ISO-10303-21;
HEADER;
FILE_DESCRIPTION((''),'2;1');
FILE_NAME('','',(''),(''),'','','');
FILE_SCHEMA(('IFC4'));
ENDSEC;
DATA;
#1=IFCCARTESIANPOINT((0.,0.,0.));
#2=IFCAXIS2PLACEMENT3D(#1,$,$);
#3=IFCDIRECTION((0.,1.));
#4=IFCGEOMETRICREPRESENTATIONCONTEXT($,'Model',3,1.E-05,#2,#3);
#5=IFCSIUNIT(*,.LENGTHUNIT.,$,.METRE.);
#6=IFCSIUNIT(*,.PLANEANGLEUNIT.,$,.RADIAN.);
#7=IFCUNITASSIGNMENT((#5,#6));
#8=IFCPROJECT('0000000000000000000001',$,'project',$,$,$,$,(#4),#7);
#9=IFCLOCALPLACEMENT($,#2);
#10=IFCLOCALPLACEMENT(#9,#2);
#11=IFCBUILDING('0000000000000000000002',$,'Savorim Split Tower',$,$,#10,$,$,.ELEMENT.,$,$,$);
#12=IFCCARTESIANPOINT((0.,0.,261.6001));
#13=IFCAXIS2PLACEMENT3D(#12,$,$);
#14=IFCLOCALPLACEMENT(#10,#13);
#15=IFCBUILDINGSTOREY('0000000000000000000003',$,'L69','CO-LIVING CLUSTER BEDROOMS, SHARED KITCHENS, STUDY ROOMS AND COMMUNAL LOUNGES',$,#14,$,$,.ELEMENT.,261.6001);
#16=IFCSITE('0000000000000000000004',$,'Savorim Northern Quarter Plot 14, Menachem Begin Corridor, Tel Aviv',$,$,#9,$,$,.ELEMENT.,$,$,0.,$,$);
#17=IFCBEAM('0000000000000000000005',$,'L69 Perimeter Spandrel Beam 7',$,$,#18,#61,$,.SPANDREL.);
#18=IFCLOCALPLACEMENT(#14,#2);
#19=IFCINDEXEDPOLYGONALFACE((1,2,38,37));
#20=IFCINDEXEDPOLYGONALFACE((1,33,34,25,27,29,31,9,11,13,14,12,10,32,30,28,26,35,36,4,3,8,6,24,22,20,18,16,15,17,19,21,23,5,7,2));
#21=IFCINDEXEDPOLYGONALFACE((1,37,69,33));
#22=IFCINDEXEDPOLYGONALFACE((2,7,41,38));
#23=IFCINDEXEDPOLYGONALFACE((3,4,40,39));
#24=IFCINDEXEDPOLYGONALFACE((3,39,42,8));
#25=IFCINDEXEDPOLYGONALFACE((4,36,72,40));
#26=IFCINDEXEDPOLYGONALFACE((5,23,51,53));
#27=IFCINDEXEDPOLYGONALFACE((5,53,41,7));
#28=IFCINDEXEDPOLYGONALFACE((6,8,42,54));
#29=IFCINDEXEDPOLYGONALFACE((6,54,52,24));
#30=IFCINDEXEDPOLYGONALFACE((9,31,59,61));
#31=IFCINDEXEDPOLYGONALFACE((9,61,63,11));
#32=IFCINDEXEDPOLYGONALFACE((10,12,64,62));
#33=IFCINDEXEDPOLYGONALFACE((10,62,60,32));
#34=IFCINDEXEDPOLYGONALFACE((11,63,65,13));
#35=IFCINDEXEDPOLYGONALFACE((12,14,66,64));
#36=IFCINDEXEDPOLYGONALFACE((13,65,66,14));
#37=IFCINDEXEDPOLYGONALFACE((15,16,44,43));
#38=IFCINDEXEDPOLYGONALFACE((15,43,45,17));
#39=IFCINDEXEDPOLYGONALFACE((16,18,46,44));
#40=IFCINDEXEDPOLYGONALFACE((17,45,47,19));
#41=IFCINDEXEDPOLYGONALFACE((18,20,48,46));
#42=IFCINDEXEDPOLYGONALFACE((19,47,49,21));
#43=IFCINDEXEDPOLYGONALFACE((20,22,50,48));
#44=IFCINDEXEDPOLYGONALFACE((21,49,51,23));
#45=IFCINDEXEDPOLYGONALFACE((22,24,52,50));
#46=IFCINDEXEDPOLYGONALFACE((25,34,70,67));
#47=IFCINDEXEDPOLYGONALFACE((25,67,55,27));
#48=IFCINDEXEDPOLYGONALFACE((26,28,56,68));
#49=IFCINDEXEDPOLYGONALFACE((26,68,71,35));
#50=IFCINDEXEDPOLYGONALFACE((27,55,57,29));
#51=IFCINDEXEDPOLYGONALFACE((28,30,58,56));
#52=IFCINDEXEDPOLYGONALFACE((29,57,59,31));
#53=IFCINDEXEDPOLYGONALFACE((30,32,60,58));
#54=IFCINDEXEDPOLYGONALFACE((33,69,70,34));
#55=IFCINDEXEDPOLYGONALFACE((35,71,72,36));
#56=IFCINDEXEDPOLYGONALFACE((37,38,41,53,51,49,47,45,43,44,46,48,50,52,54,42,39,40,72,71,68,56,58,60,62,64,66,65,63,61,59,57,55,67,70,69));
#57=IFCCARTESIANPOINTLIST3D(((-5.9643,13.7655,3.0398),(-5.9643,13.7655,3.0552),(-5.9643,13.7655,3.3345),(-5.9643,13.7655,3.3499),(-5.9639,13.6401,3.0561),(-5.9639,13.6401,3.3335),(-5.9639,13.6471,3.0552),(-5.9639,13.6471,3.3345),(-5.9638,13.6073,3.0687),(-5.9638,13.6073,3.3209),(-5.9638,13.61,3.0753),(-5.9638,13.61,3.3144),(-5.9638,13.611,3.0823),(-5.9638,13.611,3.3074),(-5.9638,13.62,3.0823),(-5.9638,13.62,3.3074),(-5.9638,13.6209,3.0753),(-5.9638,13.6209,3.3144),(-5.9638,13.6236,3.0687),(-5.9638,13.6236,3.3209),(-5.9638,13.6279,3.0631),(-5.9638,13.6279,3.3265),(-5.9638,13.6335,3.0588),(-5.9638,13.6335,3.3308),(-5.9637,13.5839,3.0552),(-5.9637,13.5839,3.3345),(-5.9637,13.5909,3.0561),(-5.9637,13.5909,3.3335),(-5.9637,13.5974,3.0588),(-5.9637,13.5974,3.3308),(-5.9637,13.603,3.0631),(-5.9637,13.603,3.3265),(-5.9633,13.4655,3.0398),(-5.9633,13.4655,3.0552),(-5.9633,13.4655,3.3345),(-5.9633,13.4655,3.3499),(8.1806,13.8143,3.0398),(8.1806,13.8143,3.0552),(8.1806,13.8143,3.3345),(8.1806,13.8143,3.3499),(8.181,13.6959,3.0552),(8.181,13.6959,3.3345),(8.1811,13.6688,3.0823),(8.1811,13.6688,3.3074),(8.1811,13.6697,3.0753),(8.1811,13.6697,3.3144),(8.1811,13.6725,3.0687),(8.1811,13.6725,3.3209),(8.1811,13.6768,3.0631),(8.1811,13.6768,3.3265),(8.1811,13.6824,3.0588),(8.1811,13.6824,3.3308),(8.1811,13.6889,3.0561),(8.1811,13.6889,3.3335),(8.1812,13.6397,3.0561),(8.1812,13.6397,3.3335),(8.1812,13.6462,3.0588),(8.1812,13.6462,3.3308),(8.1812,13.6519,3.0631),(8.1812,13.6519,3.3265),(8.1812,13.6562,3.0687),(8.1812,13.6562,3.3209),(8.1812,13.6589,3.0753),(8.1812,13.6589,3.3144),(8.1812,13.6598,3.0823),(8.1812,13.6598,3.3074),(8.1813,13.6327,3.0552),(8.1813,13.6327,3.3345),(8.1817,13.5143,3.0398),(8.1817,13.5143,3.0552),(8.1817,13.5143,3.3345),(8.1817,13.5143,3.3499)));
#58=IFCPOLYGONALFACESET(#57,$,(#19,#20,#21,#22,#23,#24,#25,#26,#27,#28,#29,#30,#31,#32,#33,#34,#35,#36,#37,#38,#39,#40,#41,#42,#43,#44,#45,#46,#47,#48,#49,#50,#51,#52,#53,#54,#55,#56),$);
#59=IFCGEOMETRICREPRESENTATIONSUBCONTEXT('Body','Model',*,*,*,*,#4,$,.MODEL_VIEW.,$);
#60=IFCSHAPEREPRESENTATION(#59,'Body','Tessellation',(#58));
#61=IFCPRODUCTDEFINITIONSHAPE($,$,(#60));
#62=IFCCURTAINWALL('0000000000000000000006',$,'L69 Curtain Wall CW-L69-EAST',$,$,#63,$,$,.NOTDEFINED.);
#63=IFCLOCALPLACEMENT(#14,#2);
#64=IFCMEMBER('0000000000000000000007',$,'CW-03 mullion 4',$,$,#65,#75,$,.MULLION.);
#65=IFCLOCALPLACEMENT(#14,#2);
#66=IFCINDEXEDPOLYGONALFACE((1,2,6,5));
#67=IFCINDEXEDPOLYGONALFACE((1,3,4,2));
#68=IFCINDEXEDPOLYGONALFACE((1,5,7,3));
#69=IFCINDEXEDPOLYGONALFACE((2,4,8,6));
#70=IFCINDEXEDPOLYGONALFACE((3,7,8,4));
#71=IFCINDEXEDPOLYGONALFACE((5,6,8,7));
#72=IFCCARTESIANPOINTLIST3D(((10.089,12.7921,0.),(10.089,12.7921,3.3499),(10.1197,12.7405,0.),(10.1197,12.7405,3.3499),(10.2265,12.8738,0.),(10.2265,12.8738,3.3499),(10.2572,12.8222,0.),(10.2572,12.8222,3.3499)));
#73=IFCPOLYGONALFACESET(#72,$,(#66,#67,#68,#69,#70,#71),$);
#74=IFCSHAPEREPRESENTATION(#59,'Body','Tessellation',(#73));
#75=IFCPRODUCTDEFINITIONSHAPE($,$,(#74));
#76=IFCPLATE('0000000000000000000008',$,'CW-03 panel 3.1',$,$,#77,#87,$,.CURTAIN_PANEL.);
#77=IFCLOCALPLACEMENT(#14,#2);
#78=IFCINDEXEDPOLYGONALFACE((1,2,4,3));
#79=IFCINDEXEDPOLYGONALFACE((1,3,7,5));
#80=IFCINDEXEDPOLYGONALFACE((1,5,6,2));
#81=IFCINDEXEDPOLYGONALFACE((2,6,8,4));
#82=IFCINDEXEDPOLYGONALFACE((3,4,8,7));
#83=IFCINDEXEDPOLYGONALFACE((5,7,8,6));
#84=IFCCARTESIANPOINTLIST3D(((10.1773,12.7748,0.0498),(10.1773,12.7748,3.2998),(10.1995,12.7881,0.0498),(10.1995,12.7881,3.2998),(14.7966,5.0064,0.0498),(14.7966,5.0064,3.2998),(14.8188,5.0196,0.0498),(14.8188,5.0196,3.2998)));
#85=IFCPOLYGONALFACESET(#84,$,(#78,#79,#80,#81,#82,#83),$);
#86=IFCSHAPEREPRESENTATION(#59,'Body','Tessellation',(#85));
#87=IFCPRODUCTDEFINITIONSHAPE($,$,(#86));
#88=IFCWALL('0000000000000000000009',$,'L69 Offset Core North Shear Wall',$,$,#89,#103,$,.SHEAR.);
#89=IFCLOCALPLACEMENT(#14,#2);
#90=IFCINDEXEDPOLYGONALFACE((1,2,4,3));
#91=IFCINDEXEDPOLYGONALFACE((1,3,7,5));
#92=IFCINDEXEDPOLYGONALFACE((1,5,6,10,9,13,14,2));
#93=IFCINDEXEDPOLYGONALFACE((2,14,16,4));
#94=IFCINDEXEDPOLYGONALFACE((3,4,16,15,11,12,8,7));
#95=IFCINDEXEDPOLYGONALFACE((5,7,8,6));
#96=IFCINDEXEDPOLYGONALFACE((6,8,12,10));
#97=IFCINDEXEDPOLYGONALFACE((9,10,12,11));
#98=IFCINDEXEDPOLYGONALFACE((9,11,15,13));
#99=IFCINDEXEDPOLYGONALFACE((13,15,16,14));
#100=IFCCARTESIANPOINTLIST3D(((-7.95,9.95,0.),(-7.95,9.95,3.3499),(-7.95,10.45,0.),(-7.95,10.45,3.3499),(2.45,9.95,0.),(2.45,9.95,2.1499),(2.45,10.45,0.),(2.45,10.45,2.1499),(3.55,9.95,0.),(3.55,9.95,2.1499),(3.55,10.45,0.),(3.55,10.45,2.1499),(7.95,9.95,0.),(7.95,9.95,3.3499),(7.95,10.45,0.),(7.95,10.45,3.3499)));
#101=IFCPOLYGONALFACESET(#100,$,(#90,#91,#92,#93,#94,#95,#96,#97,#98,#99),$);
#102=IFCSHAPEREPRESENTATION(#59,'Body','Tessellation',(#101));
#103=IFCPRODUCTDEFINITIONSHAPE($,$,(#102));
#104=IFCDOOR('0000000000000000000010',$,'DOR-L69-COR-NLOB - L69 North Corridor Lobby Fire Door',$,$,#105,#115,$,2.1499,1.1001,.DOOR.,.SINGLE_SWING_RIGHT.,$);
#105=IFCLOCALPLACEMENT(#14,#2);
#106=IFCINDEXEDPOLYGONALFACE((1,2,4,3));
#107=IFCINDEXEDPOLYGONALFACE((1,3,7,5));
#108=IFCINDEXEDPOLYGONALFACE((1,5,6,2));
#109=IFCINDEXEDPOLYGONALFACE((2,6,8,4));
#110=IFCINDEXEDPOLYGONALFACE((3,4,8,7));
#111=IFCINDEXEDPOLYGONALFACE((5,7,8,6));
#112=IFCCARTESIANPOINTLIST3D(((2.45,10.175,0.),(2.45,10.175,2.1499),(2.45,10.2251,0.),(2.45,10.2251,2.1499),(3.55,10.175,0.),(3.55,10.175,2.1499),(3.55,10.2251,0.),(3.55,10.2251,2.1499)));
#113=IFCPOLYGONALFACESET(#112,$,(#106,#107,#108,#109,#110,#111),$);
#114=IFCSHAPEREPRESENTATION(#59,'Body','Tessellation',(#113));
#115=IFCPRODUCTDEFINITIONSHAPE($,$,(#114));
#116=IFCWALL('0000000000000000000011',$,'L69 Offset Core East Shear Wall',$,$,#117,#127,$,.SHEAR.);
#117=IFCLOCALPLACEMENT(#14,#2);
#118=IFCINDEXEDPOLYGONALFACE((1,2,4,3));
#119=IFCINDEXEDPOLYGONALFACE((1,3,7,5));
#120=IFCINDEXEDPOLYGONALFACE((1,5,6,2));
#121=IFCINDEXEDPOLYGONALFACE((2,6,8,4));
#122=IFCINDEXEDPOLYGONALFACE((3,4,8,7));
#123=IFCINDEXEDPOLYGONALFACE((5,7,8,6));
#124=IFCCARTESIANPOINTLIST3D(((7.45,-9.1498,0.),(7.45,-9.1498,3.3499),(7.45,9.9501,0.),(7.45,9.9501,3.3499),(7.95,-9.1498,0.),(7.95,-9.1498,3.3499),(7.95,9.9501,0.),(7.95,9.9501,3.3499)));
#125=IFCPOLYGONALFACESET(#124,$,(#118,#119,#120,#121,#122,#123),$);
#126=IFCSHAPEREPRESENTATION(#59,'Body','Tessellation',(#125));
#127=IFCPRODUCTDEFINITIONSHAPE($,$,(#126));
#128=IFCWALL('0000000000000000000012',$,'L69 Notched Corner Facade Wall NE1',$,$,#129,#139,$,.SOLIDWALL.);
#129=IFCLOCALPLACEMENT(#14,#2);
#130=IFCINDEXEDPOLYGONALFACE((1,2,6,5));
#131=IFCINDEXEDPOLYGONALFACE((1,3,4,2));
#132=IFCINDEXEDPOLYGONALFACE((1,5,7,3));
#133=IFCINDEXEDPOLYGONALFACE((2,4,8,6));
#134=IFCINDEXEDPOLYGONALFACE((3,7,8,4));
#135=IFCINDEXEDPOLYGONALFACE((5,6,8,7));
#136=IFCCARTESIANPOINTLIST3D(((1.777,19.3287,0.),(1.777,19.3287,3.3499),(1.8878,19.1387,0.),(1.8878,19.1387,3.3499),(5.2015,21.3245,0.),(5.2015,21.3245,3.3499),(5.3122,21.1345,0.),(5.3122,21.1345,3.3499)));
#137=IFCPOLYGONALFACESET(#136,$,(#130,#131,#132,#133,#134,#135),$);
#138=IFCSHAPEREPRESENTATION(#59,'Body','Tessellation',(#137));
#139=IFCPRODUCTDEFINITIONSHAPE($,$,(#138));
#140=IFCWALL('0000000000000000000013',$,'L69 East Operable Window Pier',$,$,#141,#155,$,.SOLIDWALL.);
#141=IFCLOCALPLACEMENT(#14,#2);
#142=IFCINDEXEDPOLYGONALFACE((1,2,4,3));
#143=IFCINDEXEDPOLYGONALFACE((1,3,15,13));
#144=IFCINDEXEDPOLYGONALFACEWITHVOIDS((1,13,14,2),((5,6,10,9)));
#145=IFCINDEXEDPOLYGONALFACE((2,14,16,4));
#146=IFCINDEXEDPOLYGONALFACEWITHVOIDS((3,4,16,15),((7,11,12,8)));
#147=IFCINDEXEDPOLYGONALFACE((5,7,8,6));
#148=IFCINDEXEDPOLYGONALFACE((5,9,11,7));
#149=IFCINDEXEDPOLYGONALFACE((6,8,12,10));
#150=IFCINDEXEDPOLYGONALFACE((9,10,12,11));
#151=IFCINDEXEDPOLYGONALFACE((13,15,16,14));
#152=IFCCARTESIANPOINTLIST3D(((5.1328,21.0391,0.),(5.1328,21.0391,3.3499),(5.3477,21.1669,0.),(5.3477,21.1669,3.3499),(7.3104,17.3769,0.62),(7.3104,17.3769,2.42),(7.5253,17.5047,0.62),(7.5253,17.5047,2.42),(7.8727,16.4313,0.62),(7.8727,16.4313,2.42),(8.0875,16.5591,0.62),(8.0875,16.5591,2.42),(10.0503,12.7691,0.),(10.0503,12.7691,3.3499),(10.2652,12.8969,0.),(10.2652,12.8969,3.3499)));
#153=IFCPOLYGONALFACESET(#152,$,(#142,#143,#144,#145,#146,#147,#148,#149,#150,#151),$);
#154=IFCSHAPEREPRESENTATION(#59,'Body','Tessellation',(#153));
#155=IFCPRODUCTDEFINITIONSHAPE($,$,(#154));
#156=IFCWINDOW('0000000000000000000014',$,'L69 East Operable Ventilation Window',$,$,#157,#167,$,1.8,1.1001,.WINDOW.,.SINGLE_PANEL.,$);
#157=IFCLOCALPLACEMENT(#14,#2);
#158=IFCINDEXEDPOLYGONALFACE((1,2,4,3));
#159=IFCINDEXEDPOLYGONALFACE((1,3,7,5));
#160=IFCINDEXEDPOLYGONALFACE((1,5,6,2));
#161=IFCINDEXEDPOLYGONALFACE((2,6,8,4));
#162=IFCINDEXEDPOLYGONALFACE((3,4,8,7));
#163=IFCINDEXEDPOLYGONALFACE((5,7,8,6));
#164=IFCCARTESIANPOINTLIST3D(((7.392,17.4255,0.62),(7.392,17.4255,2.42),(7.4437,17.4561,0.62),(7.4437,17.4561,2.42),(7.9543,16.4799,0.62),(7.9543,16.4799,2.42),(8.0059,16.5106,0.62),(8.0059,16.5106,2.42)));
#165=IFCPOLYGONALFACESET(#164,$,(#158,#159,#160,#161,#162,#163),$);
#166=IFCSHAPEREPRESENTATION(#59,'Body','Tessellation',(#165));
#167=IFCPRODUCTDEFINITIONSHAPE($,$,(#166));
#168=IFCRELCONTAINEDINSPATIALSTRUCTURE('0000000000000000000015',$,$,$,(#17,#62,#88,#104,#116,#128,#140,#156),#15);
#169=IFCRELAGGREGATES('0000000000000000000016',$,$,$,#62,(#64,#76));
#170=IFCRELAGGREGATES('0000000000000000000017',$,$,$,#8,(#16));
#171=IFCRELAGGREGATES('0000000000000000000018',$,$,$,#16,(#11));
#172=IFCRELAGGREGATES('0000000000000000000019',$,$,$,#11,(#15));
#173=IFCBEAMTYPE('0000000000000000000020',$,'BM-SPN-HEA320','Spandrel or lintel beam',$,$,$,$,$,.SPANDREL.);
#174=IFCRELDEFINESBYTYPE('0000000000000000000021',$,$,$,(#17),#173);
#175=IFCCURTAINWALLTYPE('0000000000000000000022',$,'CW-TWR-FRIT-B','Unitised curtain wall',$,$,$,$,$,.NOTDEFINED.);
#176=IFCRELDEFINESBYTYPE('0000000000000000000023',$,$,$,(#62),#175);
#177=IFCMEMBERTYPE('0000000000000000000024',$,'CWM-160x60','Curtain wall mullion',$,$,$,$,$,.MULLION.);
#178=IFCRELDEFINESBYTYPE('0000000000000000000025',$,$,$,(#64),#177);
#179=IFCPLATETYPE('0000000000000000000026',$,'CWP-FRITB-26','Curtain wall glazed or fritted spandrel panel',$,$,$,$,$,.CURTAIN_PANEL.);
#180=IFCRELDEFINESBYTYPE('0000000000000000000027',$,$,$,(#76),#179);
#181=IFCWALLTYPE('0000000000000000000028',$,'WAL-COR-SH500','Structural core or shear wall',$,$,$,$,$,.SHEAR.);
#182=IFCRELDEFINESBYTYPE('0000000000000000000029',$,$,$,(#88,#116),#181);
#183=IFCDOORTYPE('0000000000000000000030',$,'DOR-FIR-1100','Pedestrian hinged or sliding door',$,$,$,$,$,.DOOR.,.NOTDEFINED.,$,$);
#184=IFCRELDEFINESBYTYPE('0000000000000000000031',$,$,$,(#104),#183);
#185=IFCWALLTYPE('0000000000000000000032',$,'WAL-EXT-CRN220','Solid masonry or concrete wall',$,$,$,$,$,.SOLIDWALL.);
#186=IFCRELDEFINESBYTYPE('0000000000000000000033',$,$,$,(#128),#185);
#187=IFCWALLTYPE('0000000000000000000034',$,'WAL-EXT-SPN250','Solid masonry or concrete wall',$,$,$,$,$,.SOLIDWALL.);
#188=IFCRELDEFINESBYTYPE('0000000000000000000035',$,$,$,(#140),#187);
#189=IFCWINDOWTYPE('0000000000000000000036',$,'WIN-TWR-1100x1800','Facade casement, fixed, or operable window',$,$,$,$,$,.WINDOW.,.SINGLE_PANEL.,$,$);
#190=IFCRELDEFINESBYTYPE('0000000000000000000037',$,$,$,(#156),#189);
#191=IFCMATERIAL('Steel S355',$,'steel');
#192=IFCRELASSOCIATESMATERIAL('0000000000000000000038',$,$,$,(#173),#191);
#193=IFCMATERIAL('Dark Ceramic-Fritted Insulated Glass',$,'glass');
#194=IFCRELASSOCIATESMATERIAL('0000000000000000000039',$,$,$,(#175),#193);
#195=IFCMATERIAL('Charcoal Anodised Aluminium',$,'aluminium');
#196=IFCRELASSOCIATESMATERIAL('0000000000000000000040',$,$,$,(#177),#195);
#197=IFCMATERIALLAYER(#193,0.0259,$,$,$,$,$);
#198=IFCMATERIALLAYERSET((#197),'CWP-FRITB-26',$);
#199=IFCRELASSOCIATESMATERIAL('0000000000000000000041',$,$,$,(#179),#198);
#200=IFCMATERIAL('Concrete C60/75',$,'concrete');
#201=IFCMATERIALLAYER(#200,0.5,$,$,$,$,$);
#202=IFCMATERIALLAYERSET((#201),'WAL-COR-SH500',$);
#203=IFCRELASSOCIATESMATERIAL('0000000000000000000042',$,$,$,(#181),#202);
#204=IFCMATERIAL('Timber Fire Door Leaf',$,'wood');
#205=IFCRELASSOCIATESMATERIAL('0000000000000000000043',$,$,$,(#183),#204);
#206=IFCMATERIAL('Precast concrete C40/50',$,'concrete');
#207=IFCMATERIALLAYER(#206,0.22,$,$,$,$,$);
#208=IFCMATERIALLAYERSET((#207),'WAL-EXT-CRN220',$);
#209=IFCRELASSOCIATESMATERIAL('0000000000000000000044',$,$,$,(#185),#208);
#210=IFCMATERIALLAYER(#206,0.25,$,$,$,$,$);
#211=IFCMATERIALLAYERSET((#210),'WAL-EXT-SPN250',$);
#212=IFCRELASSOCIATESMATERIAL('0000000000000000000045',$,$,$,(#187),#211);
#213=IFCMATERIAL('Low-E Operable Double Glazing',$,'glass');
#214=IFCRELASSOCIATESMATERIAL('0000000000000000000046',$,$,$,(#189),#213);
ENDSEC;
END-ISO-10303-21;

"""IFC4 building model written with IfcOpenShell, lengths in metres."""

from ifc_helpers import new_model, si_unit, direction, frame, frame_2d, origin, origin_2d, place, context, subcontext, project, spatial, rectangle, i_section, extrude, material, layer, layer_set, material_profile, profile_set, type_object, element, fill, aggregate, save


model = new_model("IFC4")

# Units and contexts
model_context = context("Model", 3, precision=1e-05, world=origin(), true_north=direction((0.0, 1.0)))
body_context = subcontext(model_context, "Body", "Model", "MODEL_VIEW")
ifc_project = project(units=[si_unit("LENGTHUNIT", "METRE"), si_unit("PLANEANGLEUNIT", "RADIAN")], contexts=[model_context])

# Site, building, storey
site_placement = place(None, origin())
site = spatial("IfcSite", under=ifc_project, at=site_placement, Name="Savorim Northern Quarter Plot 14, Menachem Begin Corridor, Tel Aviv", CompositionType="ELEMENT", RefElevation=0.0)
building_placement = place(site_placement, origin())
building = spatial("IfcBuilding", under=site, at=building_placement, Name="Savorim Split Tower", CompositionType="ELEMENT")
storey_placement = place(building_placement, frame((0.0, 0.0, 261.6001)))
storey = spatial("IfcBuildingStorey", under=building, at=storey_placement, Name="L69", Description="CO-LIVING CLUSTER BEDROOMS, SHARED KITCHENS, STUDY ROOMS AND COMMUNAL LOUNGES", CompositionType="ELEMENT", Elevation=261.6001)

# Shared definitions
ifc_material_1 = material(Name="Steel S355", Category="steel")

# Beam
ifc_material_profile_1 = material_profile(ifc_material_1, i_section(OverallWidth=0.3, OverallDepth=0.3101, WebThickness=0.009, FlangeThickness=0.0154, FilletRadius=0.0271, at=origin_2d()), Name="HEA 320")
ifc_profile_set_1 = profile_set([ifc_material_profile_1], Name="Steel S355")
beam_type_1 = type_object("IfcBeamType", Name="BM-SPN-HEA320", Description="Spandrel or lintel beam", PredefinedType="SPANDREL", material=ifc_profile_set_1)
beam_1_placement = place(storey_placement, frame((8.1812, 13.6643, 3.1948), z_axis=(-0.999994, -0.003452, 0.0), x_axis=(0.003452, -0.999994, 0.0)))
element("IfcBeam", 1, at=beam_1_placement, inside=storey, type_object=beam_type_1, Name="L69 Perimeter Spandrel Beam 7", PredefinedType="SPANDREL", context=body_context, shape_type="SweptSolid", body=[
    extrude(i_section(OverallWidth=0.3, OverallDepth=0.3101, WebThickness=0.009, FlangeThickness=0.0154, FilletRadius=0.0271, at=origin_2d()), origin(), (0.0, 0.0, 1.0), 14.145),
])

# Curtain wall, member, plate
ifc_material_2 = material(Name="Dark Ceramic-Fritted Insulated Glass", Category="glass")
curtain_wall_type = type_object("IfcCurtainWallType", Name="CW-TWR-FRIT-B", Description="Unitised curtain wall", PredefinedType="NOTDEFINED", material=ifc_material_2)
curtain_wall_placement = place(storey_placement, origin())
curtain_wall = element("IfcCurtainWall", 2, at=curtain_wall_placement, inside=storey, type_object=curtain_wall_type, Name="L69 Curtain Wall CW-L69-EAST", PredefinedType="NOTDEFINED")
ifc_material_3 = material(Name="Charcoal Anodised Aluminium", Category="aluminium")
ifc_material_profile_2 = material_profile(ifc_material_3, rectangle(XDim=0.1599, YDim=0.0601, at=origin_2d()), Name="ALU-M 160x60")
ifc_profile_set_2 = profile_set([ifc_material_profile_2], Name="Charcoal Anodised Aluminium")
member_type = type_object("IfcMemberType", Name="CWM-160x60", Description="Curtain wall mullion", PredefinedType="MULLION", material=ifc_profile_set_2)
member_placement = place(storey_placement, frame((10.1731, 12.8071, 0.0), z_axis=(0.0, 0.0, 1.0), x_axis=(-0.859527, -0.51109, 0.0)))
member = element("IfcMember", 3, at=member_placement, type_object=member_type, Name="CW-03 mullion 4", PredefinedType="MULLION", context=body_context, shape_type="SweptSolid", body=[
    extrude(rectangle(XDim=0.1599, YDim=0.0601, at=origin_2d()), origin(), (0.0, 0.0, 1.0), 3.3499),
])
ifc_layer_1 = layer(ifc_material_2, 0.0259)
ifc_layer_set_1 = layer_set([ifc_layer_1], Name="CWP-FRITB-26")
plate_type = type_object("IfcPlateType", Name="CWP-FRITB-26", Description="Curtain wall glazed or fritted spandrel panel", PredefinedType="CURTAIN_PANEL", material=ifc_layer_set_1)
plate_placement = place(storey_placement, frame((12.498, 8.8972, 0.0498), z_axis=(0.0, 0.0, 1.0), x_axis=(-0.51109, 0.859527, 0.0)))
plate = element("IfcPlate", 4, at=plate_placement, type_object=plate_type, Name="CW-03 panel 3.1", PredefinedType="CURTAIN_PANEL", context=body_context, shape_type="SweptSolid", body=[
    extrude(rectangle(XDim=9.0381, YDim=0.0259, at=origin_2d()), origin(), (0.0, 0.0, 1.0), 3.25),
])
aggregate(curtain_wall, [member, plate])

# Wall, opening, door
ifc_material_4 = material(Name="Concrete C60/75", Category="concrete")
ifc_layer_2 = layer(ifc_material_4, 0.5)
ifc_layer_set_2 = layer_set([ifc_layer_2], Name="WAL-COR-SH500")
wall_type_1 = type_object("IfcWallType", Name="WAL-COR-SH500", Description="Structural core or shear wall", PredefinedType="SHEAR", material=ifc_layer_set_2)
wall_1_placement = place(storey_placement, frame((7.95, 10.2, 0.0), z_axis=(0.0, 0.0, 1.0), x_axis=(-1.0, 0.0, 0.0)))
wall_1 = element("IfcWall", 5, at=wall_1_placement, inside=storey, type_object=wall_type_1, Name="L69 Offset Core North Shear Wall", PredefinedType="SHEAR", context=body_context, shape_type="SweptSolid", body=[
    extrude(rectangle(XDim=15.8999, YDim=0.5, at=frame_2d((7.95, 0.0))), origin(), (0.0, 0.0, 1.0), 3.3499),
])
opening_1_placement = place(wall_1_placement, frame((4.3999, 0.0, 0.0)))
opening_1 = element("IfcOpeningElement", 6, at=opening_1_placement, cuts=wall_1, PredefinedType="OPENING", context=body_context, shape_type="SweptSolid", body=[
    extrude(rectangle(XDim=1.1001, YDim=2.1499, at=frame_2d((0.55, 1.075))), frame((0.0, 0.26, 0.0), z_axis=(0.0, -1.0, 0.0), x_axis=(1.0, 0.0, 0.0)), (0.0, 0.0, 1.0), 0.52),
])
ifc_material_5 = material(Name="Timber Fire Door Leaf", Category="wood")
door_type_1 = type_object("IfcDoorType", Name="DOR-FIR-1100", Description="Pedestrian hinged or sliding door", OperationType="NOTDEFINED", PredefinedType="DOOR", material=ifc_material_5)
door_1_placement = place(opening_1_placement, origin())
door_1 = element("IfcDoor", 7, at=door_1_placement, inside=storey, type_object=door_type_1, Name="DOR-L69-COR-NLOB - L69 North Corridor Lobby Fire Door", OperationType="SINGLE_SWING_RIGHT", OverallHeight=2.1499, OverallWidth=1.1001, PredefinedType="DOOR", context=body_context, shape_type="SweptSolid", body=[
    extrude(rectangle(XDim=1.1001, YDim=2.1499, at=frame_2d((0.55, 1.075))), frame((0.0, 0.0249, 0.0), z_axis=(0.0, -1.0, 0.0), x_axis=(1.0, 0.0, 0.0)), (0.0, 0.0, 1.0), 0.05),
])
fill(opening_1, door_1)

# Walls
wall_2_placement = place(storey_placement, frame((7.7, 9.95, 0.0), z_axis=(0.0, 0.0, 1.0), x_axis=(0.0, -1.0, 0.0)))
element("IfcWall", 8, at=wall_2_placement, inside=storey, type_object=wall_type_1, Name="L69 Offset Core East Shear Wall", PredefinedType="SHEAR", context=body_context, shape_type="SweptSolid", body=[
    extrude(rectangle(XDim=19.0999, YDim=0.5, at=frame_2d((9.5498, 0.0))), origin(), (0.0, 0.0, 1.0), 3.3499),
])
ifc_material_6 = material(Name="Precast concrete C40/50", Category="concrete")
ifc_layer_3 = layer(ifc_material_6, 0.22)
ifc_layer_set_3 = layer_set([ifc_layer_3], Name="WAL-EXT-CRN220")
wall_type_2 = type_object("IfcWallType", Name="WAL-EXT-CRN220", Description="Solid masonry or concrete wall", PredefinedType="SOLIDWALL", material=ifc_layer_set_3)
wall_3_placement = place(storey_placement, frame((1.8323, 19.2336, 0.0), z_axis=(0.0, 0.0, 1.0), x_axis=(0.863978, 0.50353, 0.0)))
element("IfcWall", 9, at=wall_3_placement, inside=storey, type_object=wall_type_2, Name="L69 Notched Corner Facade Wall NE1", PredefinedType="SOLIDWALL", context=body_context, shape_type="SweptSolid", body=[
    extrude(rectangle(XDim=3.9636, YDim=0.22, at=frame_2d((1.9819, 0.0))), origin(), (0.0, 0.0, 1.0), 3.3499),
])

# Wall, opening, window
ifc_layer_4 = layer(ifc_material_6, 0.25)
ifc_layer_set_4 = layer_set([ifc_layer_4], Name="WAL-EXT-SPN250")
wall_type_3 = type_object("IfcWallType", Name="WAL-EXT-SPN250", Description="Solid masonry or concrete wall", PredefinedType="SOLIDWALL", material=ifc_layer_set_4)
wall_4_placement = place(storey_placement, frame((5.2402, 21.103, 0.0), z_axis=(0.0, 0.0, 1.0), x_axis=(0.511089, -0.859528, 0.0)))
wall_4 = element("IfcWall", 10, at=wall_4_placement, inside=storey, type_object=wall_type_3, Name="L69 East Operable Window Pier", PredefinedType="SOLIDWALL", context=body_context, shape_type="SweptSolid", body=[
    extrude(rectangle(XDim=9.6216, YDim=0.25, at=frame_2d((4.8108, 0.0))), origin(), (0.0, 0.0, 1.0), 3.3499),
])
opening_2_placement = place(wall_4_placement, frame((4.2607, 0.0, 0.6201)))
opening_2 = element("IfcOpeningElement", 11, at=opening_2_placement, cuts=wall_4, PredefinedType="OPENING", context=body_context, shape_type="SweptSolid", body=[
    extrude(rectangle(XDim=1.1001, YDim=1.8, at=frame_2d((0.55, 0.8999))), frame((0.0, 0.135, 0.0), z_axis=(0.0, -1.0, 0.0), x_axis=(1.0, 0.0, 0.0)), (0.0, 0.0, 1.0), 0.27),
])
ifc_material_7 = material(Name="Low-E Operable Double Glazing", Category="glass")
window_type = type_object("IfcWindowType", Name="WIN-TWR-1100x1800", Description="Facade casement, fixed, or operable window", PartitioningType="SINGLE_PANEL", PredefinedType="WINDOW", material=ifc_material_7)
window_placement = place(opening_2_placement, origin())
window = element("IfcWindow", 12, at=window_placement, inside=storey, type_object=window_type, Name="L69 East Operable Ventilation Window", OverallHeight=1.8, OverallWidth=1.1001, PartitioningType="SINGLE_PANEL", PredefinedType="WINDOW", context=body_context, shape_type="SweptSolid", body=[
    extrude(rectangle(XDim=1.1001, YDim=1.8, at=frame_2d((0.55, 0.8999))), frame((0.0, 0.03, 0.0), z_axis=(0.0, -1.0, 0.0), x_axis=(1.0, 0.0, 0.0)), (0.0, 0.0, 1.0), 0.0601),
])
fill(opening_2, window)

save(model, "model.ifc")
